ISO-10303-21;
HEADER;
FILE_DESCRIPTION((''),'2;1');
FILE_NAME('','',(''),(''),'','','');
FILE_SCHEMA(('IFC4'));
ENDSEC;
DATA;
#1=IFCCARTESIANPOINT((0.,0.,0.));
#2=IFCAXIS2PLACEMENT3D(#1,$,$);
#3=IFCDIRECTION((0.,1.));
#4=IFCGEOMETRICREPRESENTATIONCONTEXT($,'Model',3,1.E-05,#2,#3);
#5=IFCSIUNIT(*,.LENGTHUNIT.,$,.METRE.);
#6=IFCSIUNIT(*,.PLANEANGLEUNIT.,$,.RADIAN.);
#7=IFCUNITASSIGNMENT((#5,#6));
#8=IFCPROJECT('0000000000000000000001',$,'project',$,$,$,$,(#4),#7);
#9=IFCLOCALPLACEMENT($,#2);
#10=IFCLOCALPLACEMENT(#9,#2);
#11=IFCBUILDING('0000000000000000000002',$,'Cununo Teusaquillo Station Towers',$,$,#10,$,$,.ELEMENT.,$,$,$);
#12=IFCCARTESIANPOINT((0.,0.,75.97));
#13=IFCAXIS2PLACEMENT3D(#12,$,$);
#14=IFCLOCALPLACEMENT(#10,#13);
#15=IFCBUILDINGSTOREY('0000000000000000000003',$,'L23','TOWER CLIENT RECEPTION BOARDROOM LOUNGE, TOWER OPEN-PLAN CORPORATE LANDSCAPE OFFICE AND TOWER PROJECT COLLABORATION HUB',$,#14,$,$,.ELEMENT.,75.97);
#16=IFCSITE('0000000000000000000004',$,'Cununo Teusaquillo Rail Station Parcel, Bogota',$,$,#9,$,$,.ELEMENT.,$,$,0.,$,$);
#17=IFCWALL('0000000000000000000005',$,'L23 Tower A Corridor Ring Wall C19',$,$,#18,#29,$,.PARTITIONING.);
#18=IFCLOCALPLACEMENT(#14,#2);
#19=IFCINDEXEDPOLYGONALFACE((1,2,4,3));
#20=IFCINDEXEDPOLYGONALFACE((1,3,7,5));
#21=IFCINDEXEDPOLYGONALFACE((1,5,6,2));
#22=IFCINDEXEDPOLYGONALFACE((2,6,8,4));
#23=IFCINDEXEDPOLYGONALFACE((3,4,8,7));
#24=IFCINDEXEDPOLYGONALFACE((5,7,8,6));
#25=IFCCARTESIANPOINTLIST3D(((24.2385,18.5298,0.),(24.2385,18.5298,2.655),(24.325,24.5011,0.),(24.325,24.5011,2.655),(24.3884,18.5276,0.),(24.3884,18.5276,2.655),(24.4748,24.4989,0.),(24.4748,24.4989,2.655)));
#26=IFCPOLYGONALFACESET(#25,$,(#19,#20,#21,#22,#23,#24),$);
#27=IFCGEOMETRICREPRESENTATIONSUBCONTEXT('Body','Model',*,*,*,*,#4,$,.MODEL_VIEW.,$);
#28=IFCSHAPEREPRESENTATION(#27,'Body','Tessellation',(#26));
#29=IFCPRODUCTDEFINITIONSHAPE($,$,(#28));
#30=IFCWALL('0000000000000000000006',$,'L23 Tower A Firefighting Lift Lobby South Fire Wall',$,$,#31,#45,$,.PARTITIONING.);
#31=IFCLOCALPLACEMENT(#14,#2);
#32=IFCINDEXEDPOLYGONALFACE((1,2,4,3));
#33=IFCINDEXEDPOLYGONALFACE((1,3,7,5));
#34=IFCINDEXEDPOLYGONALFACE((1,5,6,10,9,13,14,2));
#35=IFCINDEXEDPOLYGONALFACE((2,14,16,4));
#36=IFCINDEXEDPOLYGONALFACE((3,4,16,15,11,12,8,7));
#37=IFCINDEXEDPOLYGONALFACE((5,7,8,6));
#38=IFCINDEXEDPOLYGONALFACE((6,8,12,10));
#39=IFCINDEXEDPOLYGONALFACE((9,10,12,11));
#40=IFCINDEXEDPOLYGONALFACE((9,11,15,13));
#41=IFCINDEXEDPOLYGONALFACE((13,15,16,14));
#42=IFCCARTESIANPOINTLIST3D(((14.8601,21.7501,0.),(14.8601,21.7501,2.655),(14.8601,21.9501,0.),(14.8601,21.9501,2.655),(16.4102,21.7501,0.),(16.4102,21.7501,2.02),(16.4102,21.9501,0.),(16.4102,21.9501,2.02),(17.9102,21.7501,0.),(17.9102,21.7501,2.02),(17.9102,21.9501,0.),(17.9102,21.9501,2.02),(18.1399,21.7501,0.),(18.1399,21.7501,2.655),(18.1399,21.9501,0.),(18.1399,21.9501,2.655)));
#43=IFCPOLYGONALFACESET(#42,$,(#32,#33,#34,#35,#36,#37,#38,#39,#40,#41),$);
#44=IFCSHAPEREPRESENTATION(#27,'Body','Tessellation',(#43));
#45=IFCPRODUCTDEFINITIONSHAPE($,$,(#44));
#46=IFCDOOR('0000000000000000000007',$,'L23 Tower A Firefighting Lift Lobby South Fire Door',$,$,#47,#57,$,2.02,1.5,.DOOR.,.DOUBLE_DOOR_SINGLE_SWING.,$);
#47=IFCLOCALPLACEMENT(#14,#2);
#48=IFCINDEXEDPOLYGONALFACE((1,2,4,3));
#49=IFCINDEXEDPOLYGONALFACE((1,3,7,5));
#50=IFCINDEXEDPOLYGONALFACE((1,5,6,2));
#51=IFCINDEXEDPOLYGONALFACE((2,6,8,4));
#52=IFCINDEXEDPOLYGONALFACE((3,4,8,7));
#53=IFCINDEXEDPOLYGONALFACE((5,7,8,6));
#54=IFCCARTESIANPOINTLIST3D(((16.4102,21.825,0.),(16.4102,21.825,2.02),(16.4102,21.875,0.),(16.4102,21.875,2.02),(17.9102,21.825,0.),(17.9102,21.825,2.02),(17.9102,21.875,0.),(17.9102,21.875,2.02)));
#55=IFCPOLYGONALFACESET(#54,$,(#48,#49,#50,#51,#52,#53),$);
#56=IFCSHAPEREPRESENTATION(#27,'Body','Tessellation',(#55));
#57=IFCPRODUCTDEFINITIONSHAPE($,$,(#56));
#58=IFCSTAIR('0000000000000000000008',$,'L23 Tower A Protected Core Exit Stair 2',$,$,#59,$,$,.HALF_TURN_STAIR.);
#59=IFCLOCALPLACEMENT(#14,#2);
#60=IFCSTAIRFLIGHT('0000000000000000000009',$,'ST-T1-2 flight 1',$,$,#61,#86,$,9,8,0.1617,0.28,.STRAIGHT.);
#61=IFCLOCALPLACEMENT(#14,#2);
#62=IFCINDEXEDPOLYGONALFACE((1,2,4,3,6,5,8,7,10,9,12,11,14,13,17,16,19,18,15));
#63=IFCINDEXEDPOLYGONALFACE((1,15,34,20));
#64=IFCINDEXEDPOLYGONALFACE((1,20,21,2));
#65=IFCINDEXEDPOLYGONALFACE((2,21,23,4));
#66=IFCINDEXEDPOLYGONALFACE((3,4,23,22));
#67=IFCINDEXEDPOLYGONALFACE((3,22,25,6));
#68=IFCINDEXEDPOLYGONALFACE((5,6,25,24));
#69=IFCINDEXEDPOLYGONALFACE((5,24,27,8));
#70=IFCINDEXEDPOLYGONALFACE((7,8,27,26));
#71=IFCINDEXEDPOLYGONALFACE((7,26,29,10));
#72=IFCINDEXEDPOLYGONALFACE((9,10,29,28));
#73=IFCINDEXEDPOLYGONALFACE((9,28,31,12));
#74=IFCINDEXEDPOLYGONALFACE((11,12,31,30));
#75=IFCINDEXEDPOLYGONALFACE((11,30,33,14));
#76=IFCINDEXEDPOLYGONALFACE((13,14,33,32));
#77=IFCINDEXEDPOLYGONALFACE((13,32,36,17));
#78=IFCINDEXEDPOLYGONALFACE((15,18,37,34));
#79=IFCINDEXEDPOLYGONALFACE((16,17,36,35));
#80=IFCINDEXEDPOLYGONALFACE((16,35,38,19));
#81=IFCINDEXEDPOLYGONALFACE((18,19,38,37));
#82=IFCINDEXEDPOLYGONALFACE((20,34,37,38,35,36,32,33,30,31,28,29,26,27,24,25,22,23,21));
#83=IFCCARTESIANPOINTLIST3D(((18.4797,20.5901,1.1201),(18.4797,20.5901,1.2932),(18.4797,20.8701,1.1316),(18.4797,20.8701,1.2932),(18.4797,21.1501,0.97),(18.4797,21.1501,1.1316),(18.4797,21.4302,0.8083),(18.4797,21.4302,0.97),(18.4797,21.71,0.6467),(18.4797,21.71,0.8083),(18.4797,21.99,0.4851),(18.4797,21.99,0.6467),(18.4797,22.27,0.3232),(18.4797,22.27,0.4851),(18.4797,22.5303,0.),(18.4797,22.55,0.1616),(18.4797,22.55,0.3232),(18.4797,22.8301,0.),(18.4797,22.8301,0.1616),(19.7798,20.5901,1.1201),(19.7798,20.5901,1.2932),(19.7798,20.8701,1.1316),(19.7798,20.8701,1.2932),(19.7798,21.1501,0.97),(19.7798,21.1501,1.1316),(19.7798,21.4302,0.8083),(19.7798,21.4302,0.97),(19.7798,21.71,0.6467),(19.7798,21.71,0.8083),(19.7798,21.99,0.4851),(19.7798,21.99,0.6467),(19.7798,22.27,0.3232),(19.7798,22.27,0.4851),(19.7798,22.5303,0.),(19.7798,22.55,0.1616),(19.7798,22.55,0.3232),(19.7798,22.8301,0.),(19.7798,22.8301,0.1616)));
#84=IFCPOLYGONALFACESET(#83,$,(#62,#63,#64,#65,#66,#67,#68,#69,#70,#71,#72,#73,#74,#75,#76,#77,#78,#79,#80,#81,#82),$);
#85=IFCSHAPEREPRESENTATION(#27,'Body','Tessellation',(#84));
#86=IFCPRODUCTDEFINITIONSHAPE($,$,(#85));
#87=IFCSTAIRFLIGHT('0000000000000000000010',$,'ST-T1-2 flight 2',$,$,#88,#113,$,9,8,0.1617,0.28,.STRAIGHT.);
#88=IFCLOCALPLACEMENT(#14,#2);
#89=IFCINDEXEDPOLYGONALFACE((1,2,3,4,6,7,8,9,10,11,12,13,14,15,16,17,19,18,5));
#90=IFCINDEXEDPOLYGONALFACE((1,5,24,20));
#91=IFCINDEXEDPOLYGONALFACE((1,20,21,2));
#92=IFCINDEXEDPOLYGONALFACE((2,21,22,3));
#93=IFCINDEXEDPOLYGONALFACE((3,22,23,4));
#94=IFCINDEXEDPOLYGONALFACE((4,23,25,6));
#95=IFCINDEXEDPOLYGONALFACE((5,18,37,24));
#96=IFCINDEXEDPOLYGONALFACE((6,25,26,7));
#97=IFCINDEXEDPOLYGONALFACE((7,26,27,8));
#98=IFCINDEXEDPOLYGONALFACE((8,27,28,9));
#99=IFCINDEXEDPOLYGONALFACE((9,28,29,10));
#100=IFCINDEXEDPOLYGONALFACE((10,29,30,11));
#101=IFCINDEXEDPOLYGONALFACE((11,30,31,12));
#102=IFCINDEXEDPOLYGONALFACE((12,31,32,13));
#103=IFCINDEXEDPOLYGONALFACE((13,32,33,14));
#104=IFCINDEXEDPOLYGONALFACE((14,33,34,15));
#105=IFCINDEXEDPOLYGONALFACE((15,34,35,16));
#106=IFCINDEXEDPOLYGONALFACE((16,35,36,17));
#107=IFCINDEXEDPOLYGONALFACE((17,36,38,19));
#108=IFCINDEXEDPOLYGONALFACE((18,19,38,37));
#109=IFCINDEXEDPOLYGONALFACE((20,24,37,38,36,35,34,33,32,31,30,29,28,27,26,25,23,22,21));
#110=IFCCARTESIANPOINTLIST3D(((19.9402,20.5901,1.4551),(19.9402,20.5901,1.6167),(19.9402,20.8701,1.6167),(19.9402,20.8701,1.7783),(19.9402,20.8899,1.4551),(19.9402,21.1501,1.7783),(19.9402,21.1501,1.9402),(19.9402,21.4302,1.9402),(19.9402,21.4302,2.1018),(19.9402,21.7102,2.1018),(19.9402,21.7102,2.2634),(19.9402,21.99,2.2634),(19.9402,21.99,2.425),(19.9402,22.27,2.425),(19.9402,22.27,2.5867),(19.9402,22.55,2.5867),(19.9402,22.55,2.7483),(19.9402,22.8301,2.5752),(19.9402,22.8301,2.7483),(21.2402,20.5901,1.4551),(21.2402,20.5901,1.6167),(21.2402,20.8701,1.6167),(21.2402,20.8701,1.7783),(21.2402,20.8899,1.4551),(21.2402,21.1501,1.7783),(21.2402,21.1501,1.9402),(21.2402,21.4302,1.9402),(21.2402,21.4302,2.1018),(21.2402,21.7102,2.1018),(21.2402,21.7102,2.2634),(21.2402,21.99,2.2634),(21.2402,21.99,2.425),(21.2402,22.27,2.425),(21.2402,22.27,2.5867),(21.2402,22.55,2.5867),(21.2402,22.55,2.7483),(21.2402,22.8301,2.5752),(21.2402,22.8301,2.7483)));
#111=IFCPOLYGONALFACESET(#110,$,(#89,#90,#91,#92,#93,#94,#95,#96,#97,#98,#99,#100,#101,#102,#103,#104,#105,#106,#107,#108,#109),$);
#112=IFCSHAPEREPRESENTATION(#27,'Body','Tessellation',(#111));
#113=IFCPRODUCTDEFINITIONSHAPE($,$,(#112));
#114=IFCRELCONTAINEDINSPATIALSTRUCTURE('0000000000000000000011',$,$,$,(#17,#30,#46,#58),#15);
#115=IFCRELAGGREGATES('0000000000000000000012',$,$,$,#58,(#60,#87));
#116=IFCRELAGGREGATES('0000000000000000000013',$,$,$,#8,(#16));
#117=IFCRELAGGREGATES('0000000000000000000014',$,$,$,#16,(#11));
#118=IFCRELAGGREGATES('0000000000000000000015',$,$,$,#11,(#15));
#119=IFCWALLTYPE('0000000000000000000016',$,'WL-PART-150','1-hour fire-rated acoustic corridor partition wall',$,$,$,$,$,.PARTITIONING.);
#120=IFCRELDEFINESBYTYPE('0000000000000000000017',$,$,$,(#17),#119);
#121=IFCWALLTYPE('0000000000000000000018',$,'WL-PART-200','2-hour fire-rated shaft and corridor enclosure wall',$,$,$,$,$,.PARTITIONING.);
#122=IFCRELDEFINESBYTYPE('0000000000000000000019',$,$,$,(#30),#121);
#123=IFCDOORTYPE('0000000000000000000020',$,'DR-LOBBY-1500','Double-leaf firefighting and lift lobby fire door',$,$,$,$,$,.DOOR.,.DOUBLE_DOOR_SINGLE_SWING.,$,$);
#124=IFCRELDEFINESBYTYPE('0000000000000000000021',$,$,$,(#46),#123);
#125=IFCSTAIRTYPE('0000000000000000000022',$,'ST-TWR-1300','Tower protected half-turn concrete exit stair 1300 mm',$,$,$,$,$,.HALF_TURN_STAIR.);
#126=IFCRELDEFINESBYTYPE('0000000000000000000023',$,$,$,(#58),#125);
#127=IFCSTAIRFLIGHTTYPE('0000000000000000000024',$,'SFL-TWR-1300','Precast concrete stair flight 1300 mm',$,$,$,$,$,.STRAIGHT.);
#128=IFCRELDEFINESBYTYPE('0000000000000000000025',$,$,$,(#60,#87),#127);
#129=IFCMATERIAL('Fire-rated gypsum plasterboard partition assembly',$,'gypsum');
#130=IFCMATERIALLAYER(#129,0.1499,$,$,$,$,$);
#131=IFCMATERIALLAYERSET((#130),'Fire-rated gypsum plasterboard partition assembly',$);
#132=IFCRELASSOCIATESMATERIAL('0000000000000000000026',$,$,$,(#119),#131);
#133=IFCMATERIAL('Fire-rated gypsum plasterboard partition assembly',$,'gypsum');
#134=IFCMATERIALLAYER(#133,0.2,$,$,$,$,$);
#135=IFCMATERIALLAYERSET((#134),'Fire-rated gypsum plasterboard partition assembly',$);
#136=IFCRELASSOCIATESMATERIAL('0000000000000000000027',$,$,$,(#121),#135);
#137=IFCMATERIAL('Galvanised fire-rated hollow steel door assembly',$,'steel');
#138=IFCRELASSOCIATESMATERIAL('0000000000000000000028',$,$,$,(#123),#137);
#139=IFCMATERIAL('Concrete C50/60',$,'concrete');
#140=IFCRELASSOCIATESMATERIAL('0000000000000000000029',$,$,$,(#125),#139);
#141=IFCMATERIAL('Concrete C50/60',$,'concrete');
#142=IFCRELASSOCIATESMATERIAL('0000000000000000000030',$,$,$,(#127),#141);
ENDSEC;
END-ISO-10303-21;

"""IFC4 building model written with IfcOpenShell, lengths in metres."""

from ifc_helpers import new_model, si_unit, direction, frame, frame_2d, origin, place, context, subcontext, project, spatial, polyline, rectangle, outline, extrude, source, transform, mapped, material, layer, layer_set, type_object, element, fill, aggregate, save


model = new_model("IFC4")

# Units and contexts
model_context = context("Model", 3, precision=1e-05, world=origin(), true_north=direction((0.0, 1.0)))
body_context = subcontext(model_context, "Body", "Model", "MODEL_VIEW")
ifc_project = project(units=[si_unit("LENGTHUNIT", "METRE"), si_unit("PLANEANGLEUNIT", "RADIAN")], contexts=[model_context])

# Site, building, storey
site_placement = place(None, origin())
site = spatial("IfcSite", under=ifc_project, at=site_placement, Name="Cununo Teusaquillo Rail Station Parcel, Bogota", CompositionType="ELEMENT", RefElevation=0.0)
building_placement = place(site_placement, origin())
building = spatial("IfcBuilding", under=site, at=building_placement, Name="Cununo Teusaquillo Station Towers", CompositionType="ELEMENT")
storey_placement = place(building_placement, frame((0.0, 0.0, 75.97)))
storey = spatial("IfcBuildingStorey", under=building, at=storey_placement, Name="L23", Description="TOWER CLIENT RECEPTION BOARDROOM LOUNGE, TOWER OPEN-PLAN CORPORATE LANDSCAPE OFFICE AND TOWER PROJECT COLLABORATION HUB", CompositionType="ELEMENT", Elevation=75.97)

# Wall
ifc_material_1 = material(Name="Fire-rated gypsum plasterboard partition assembly", Category="gypsum")
ifc_layer_1 = layer(ifc_material_1, 0.1499)
ifc_layer_set_1 = layer_set([ifc_layer_1], Name="Fire-rated gypsum plasterboard partition assembly")
wall_type_1 = type_object("IfcWallType", Name="WL-PART-150", Description="1-hour fire-rated acoustic corridor partition wall", PredefinedType="PARTITIONING", material=ifc_layer_set_1)
wall_1_placement = place(storey_placement, frame((24.3135, 18.5288, 0.0), z_axis=(0.0, 0.0, 1.0), x_axis=(0.014472, 0.999895, 0.0)))
element("IfcWall", 1, at=wall_1_placement, inside=storey, type_object=wall_type_1, Name="L23 Tower A Corridor Ring Wall C19", PredefinedType="PARTITIONING", context=body_context, shape_type="SweptSolid", body=[
    extrude(rectangle(XDim=5.9719, YDim=0.1499, at=frame_2d((2.9858, 0.0))), origin(), (0.0, 0.0, 1.0), 2.655),
])

# Wall, opening, door
ifc_material_2 = material(Name="Fire-rated gypsum plasterboard partition assembly", Category="gypsum")
ifc_layer_2 = layer(ifc_material_2, 0.2)
ifc_layer_set_2 = layer_set([ifc_layer_2], Name="Fire-rated gypsum plasterboard partition assembly")
wall_type_2 = type_object("IfcWallType", Name="WL-PART-200", Description="2-hour fire-rated shaft and corridor enclosure wall", PredefinedType="PARTITIONING", material=ifc_layer_set_2)
wall_2_placement = place(storey_placement, frame((14.8601, 21.8501, 0.0), z_axis=(0.0, 0.0, 1.0), x_axis=(1.0, 0.0, 0.0)))
wall_2 = element("IfcWall", 2, at=wall_2_placement, inside=storey, type_object=wall_type_2, Name="L23 Tower A Firefighting Lift Lobby South Fire Wall", PredefinedType="PARTITIONING", context=body_context, shape_type="SweptSolid", body=[
    extrude(rectangle(XDim=3.2798, YDim=0.2, at=frame_2d((1.6399, 0.0))), origin(), (0.0, 0.0, 1.0), 2.655),
])
shared_shape_1 = source(origin(), body_context, "Body", "SweptSolid", [
    extrude(rectangle(XDim=1.5, YDim=2.02, at=frame_2d((0.75, 1.01))), frame((0.0, 0.1099, 0.0), z_axis=(0.0, -1.0, 0.0), x_axis=(1.0, 0.0, 0.0)), (0.0, 0.0, 1.0), 0.22),
])
opening_1_placement = place(wall_2_placement, frame((1.55, 0.0, 0.0)))
opening_1 = element("IfcOpeningElement", 3, at=opening_1_placement, cuts=wall_2, PredefinedType="OPENING", context=body_context, shape_type="MappedRepresentation", body=[
    mapped(shared_shape_1, transform((0.0, 0.0, 0.0), x_axis=(1.0, 0.0, 0.0), y_axis=(0.0, 1.0, 0.0), z_axis=(0.0, 0.0, 1.0), scale=1.0)),
])
ifc_material_3 = material(Name="Galvanised fire-rated hollow steel door assembly", Category="steel")
door_type_1 = type_object("IfcDoorType", Name="DR-LOBBY-1500", Description="Double-leaf firefighting and lift lobby fire door", OperationType="DOUBLE_DOOR_SINGLE_SWING", PredefinedType="DOOR", material=ifc_material_3)
shared_shape_2 = source(origin(), body_context, "Body", "SweptSolid", [
    extrude(rectangle(XDim=1.5, YDim=2.02, at=frame_2d((0.75, 1.01))), frame((0.0, 0.0249, 0.0), z_axis=(0.0, -1.0, 0.0), x_axis=(1.0, 0.0, 0.0)), (0.0, 0.0, 1.0), 0.05),
])
door_1_placement = place(opening_1_placement, origin())
door_1 = element("IfcDoor", 4, at=door_1_placement, inside=storey, type_object=door_type_1, Name="L23 Tower A Firefighting Lift Lobby South Fire Door", OperationType="DOUBLE_DOOR_SINGLE_SWING", OverallHeight=2.02, OverallWidth=1.5, PredefinedType="DOOR", context=body_context, shape_type="MappedRepresentation", body=[
    mapped(shared_shape_2, transform((0.0, 0.0, 0.0), x_axis=(1.0, 0.0, 0.0), y_axis=(0.0, 1.0, 0.0), z_axis=(0.0, 0.0, 1.0), scale=1.0)),
])
fill(opening_1, door_1)

# Stair, stair flights
ifc_material_4 = material(Name="Concrete C50/60", Category="concrete")
stair_type = type_object("IfcStairType", Name="ST-TWR-1300", Description="Tower protected half-turn concrete exit stair 1300 mm", PredefinedType="HALF_TURN_STAIR", material=ifc_material_4)
stair_placement = place(storey_placement, origin())
stair = element("IfcStair", 5, at=stair_placement, inside=storey, type_object=stair_type, Name="L23 Tower A Protected Core Exit Stair 2", PredefinedType="HALF_TURN_STAIR")
ifc_material_5 = material(Name="Concrete C50/60", Category="concrete")
stair_flight_type = type_object("IfcStairFlightType", Name="SFL-TWR-1300", Description="Precast concrete stair flight 1300 mm", PredefinedType="STRAIGHT", material=ifc_material_5)
stair_flight_1_placement = place(storey_placement, frame((19.1299, 22.8301, 0.0), z_axis=(0.0, 0.0, 1.0), x_axis=(0.0, -1.0, 0.0)))
stair_flight_1 = element("IfcStairFlight", 6, at=stair_flight_1_placement, type_object=stair_flight_type, Name="ST-T1-2 flight 1", NumberOfRisers=9, NumberOfTreads=8, PredefinedType="STRAIGHT", RiserHeight=0.1617, TreadLength=0.28, context=body_context, shape_type="SweptSolid", body=[
    extrude(outline(polyline([(0.0, 0.0), (0.0, 0.1616), (0.28, 0.1616), (0.28, 0.3232), (0.5601, 0.3232), (0.5601, 0.4851), (0.8401, 0.4851), (0.8401, 0.6467), (1.1201, 0.6467), (1.1201, 0.8083), (1.3999, 0.8083), (1.3999, 0.97), (1.6799, 0.97), (1.6799, 1.1316), (1.96, 1.1316), (1.96, 1.2932), (2.24, 1.2932), (2.24, 1.4551), (2.24, 1.1201), (0.2998, 0.0), (0.0, 0.0)])), frame((0.0, 0.6499, 0.0), z_axis=(0.0, -1.0, 0.0), x_axis=(1.0, 0.0, 0.0)), (0.0, 0.0, 1.0), 1.3),
])
stair_flight_2_placement = place(storey_placement, frame((20.5901, 20.5901, 1.4551), z_axis=(0.0, 0.0, 1.0), x_axis=(0.0, 1.0, 0.0)))
stair_flight_2 = element("IfcStairFlight", 7, at=stair_flight_2_placement, type_object=stair_flight_type, Name="ST-T1-2 flight 2", NumberOfRisers=9, NumberOfTreads=8, PredefinedType="STRAIGHT", RiserHeight=0.1617, TreadLength=0.28, context=body_context, shape_type="SweptSolid", body=[
    extrude(outline(polyline([(0.0, 0.0), (0.0, 0.1616), (0.28, 0.1616), (0.28, 0.3232), (0.5601, 0.3232), (0.5601, 0.4851), (0.8401, 0.4851), (0.8401, 0.6467), (1.1201, 0.6467), (1.1201, 0.8083), (1.3999, 0.8083), (1.3999, 0.97), (1.6799, 0.97), (1.6799, 1.1316), (1.96, 1.1316), (1.96, 1.2932), (2.24, 1.2932), (2.24, 1.4551), (2.24, 1.1201), (0.2998, 0.0), (0.0, 0.0)])), frame((0.0, 0.6499, 0.0), z_axis=(0.0, -1.0, 0.0), x_axis=(1.0, 0.0, 0.0)), (0.0, 0.0, 1.0), 1.3),
])
aggregate(stair, [stair_flight_1, stair_flight_2])

save(model, "model.ifc")
